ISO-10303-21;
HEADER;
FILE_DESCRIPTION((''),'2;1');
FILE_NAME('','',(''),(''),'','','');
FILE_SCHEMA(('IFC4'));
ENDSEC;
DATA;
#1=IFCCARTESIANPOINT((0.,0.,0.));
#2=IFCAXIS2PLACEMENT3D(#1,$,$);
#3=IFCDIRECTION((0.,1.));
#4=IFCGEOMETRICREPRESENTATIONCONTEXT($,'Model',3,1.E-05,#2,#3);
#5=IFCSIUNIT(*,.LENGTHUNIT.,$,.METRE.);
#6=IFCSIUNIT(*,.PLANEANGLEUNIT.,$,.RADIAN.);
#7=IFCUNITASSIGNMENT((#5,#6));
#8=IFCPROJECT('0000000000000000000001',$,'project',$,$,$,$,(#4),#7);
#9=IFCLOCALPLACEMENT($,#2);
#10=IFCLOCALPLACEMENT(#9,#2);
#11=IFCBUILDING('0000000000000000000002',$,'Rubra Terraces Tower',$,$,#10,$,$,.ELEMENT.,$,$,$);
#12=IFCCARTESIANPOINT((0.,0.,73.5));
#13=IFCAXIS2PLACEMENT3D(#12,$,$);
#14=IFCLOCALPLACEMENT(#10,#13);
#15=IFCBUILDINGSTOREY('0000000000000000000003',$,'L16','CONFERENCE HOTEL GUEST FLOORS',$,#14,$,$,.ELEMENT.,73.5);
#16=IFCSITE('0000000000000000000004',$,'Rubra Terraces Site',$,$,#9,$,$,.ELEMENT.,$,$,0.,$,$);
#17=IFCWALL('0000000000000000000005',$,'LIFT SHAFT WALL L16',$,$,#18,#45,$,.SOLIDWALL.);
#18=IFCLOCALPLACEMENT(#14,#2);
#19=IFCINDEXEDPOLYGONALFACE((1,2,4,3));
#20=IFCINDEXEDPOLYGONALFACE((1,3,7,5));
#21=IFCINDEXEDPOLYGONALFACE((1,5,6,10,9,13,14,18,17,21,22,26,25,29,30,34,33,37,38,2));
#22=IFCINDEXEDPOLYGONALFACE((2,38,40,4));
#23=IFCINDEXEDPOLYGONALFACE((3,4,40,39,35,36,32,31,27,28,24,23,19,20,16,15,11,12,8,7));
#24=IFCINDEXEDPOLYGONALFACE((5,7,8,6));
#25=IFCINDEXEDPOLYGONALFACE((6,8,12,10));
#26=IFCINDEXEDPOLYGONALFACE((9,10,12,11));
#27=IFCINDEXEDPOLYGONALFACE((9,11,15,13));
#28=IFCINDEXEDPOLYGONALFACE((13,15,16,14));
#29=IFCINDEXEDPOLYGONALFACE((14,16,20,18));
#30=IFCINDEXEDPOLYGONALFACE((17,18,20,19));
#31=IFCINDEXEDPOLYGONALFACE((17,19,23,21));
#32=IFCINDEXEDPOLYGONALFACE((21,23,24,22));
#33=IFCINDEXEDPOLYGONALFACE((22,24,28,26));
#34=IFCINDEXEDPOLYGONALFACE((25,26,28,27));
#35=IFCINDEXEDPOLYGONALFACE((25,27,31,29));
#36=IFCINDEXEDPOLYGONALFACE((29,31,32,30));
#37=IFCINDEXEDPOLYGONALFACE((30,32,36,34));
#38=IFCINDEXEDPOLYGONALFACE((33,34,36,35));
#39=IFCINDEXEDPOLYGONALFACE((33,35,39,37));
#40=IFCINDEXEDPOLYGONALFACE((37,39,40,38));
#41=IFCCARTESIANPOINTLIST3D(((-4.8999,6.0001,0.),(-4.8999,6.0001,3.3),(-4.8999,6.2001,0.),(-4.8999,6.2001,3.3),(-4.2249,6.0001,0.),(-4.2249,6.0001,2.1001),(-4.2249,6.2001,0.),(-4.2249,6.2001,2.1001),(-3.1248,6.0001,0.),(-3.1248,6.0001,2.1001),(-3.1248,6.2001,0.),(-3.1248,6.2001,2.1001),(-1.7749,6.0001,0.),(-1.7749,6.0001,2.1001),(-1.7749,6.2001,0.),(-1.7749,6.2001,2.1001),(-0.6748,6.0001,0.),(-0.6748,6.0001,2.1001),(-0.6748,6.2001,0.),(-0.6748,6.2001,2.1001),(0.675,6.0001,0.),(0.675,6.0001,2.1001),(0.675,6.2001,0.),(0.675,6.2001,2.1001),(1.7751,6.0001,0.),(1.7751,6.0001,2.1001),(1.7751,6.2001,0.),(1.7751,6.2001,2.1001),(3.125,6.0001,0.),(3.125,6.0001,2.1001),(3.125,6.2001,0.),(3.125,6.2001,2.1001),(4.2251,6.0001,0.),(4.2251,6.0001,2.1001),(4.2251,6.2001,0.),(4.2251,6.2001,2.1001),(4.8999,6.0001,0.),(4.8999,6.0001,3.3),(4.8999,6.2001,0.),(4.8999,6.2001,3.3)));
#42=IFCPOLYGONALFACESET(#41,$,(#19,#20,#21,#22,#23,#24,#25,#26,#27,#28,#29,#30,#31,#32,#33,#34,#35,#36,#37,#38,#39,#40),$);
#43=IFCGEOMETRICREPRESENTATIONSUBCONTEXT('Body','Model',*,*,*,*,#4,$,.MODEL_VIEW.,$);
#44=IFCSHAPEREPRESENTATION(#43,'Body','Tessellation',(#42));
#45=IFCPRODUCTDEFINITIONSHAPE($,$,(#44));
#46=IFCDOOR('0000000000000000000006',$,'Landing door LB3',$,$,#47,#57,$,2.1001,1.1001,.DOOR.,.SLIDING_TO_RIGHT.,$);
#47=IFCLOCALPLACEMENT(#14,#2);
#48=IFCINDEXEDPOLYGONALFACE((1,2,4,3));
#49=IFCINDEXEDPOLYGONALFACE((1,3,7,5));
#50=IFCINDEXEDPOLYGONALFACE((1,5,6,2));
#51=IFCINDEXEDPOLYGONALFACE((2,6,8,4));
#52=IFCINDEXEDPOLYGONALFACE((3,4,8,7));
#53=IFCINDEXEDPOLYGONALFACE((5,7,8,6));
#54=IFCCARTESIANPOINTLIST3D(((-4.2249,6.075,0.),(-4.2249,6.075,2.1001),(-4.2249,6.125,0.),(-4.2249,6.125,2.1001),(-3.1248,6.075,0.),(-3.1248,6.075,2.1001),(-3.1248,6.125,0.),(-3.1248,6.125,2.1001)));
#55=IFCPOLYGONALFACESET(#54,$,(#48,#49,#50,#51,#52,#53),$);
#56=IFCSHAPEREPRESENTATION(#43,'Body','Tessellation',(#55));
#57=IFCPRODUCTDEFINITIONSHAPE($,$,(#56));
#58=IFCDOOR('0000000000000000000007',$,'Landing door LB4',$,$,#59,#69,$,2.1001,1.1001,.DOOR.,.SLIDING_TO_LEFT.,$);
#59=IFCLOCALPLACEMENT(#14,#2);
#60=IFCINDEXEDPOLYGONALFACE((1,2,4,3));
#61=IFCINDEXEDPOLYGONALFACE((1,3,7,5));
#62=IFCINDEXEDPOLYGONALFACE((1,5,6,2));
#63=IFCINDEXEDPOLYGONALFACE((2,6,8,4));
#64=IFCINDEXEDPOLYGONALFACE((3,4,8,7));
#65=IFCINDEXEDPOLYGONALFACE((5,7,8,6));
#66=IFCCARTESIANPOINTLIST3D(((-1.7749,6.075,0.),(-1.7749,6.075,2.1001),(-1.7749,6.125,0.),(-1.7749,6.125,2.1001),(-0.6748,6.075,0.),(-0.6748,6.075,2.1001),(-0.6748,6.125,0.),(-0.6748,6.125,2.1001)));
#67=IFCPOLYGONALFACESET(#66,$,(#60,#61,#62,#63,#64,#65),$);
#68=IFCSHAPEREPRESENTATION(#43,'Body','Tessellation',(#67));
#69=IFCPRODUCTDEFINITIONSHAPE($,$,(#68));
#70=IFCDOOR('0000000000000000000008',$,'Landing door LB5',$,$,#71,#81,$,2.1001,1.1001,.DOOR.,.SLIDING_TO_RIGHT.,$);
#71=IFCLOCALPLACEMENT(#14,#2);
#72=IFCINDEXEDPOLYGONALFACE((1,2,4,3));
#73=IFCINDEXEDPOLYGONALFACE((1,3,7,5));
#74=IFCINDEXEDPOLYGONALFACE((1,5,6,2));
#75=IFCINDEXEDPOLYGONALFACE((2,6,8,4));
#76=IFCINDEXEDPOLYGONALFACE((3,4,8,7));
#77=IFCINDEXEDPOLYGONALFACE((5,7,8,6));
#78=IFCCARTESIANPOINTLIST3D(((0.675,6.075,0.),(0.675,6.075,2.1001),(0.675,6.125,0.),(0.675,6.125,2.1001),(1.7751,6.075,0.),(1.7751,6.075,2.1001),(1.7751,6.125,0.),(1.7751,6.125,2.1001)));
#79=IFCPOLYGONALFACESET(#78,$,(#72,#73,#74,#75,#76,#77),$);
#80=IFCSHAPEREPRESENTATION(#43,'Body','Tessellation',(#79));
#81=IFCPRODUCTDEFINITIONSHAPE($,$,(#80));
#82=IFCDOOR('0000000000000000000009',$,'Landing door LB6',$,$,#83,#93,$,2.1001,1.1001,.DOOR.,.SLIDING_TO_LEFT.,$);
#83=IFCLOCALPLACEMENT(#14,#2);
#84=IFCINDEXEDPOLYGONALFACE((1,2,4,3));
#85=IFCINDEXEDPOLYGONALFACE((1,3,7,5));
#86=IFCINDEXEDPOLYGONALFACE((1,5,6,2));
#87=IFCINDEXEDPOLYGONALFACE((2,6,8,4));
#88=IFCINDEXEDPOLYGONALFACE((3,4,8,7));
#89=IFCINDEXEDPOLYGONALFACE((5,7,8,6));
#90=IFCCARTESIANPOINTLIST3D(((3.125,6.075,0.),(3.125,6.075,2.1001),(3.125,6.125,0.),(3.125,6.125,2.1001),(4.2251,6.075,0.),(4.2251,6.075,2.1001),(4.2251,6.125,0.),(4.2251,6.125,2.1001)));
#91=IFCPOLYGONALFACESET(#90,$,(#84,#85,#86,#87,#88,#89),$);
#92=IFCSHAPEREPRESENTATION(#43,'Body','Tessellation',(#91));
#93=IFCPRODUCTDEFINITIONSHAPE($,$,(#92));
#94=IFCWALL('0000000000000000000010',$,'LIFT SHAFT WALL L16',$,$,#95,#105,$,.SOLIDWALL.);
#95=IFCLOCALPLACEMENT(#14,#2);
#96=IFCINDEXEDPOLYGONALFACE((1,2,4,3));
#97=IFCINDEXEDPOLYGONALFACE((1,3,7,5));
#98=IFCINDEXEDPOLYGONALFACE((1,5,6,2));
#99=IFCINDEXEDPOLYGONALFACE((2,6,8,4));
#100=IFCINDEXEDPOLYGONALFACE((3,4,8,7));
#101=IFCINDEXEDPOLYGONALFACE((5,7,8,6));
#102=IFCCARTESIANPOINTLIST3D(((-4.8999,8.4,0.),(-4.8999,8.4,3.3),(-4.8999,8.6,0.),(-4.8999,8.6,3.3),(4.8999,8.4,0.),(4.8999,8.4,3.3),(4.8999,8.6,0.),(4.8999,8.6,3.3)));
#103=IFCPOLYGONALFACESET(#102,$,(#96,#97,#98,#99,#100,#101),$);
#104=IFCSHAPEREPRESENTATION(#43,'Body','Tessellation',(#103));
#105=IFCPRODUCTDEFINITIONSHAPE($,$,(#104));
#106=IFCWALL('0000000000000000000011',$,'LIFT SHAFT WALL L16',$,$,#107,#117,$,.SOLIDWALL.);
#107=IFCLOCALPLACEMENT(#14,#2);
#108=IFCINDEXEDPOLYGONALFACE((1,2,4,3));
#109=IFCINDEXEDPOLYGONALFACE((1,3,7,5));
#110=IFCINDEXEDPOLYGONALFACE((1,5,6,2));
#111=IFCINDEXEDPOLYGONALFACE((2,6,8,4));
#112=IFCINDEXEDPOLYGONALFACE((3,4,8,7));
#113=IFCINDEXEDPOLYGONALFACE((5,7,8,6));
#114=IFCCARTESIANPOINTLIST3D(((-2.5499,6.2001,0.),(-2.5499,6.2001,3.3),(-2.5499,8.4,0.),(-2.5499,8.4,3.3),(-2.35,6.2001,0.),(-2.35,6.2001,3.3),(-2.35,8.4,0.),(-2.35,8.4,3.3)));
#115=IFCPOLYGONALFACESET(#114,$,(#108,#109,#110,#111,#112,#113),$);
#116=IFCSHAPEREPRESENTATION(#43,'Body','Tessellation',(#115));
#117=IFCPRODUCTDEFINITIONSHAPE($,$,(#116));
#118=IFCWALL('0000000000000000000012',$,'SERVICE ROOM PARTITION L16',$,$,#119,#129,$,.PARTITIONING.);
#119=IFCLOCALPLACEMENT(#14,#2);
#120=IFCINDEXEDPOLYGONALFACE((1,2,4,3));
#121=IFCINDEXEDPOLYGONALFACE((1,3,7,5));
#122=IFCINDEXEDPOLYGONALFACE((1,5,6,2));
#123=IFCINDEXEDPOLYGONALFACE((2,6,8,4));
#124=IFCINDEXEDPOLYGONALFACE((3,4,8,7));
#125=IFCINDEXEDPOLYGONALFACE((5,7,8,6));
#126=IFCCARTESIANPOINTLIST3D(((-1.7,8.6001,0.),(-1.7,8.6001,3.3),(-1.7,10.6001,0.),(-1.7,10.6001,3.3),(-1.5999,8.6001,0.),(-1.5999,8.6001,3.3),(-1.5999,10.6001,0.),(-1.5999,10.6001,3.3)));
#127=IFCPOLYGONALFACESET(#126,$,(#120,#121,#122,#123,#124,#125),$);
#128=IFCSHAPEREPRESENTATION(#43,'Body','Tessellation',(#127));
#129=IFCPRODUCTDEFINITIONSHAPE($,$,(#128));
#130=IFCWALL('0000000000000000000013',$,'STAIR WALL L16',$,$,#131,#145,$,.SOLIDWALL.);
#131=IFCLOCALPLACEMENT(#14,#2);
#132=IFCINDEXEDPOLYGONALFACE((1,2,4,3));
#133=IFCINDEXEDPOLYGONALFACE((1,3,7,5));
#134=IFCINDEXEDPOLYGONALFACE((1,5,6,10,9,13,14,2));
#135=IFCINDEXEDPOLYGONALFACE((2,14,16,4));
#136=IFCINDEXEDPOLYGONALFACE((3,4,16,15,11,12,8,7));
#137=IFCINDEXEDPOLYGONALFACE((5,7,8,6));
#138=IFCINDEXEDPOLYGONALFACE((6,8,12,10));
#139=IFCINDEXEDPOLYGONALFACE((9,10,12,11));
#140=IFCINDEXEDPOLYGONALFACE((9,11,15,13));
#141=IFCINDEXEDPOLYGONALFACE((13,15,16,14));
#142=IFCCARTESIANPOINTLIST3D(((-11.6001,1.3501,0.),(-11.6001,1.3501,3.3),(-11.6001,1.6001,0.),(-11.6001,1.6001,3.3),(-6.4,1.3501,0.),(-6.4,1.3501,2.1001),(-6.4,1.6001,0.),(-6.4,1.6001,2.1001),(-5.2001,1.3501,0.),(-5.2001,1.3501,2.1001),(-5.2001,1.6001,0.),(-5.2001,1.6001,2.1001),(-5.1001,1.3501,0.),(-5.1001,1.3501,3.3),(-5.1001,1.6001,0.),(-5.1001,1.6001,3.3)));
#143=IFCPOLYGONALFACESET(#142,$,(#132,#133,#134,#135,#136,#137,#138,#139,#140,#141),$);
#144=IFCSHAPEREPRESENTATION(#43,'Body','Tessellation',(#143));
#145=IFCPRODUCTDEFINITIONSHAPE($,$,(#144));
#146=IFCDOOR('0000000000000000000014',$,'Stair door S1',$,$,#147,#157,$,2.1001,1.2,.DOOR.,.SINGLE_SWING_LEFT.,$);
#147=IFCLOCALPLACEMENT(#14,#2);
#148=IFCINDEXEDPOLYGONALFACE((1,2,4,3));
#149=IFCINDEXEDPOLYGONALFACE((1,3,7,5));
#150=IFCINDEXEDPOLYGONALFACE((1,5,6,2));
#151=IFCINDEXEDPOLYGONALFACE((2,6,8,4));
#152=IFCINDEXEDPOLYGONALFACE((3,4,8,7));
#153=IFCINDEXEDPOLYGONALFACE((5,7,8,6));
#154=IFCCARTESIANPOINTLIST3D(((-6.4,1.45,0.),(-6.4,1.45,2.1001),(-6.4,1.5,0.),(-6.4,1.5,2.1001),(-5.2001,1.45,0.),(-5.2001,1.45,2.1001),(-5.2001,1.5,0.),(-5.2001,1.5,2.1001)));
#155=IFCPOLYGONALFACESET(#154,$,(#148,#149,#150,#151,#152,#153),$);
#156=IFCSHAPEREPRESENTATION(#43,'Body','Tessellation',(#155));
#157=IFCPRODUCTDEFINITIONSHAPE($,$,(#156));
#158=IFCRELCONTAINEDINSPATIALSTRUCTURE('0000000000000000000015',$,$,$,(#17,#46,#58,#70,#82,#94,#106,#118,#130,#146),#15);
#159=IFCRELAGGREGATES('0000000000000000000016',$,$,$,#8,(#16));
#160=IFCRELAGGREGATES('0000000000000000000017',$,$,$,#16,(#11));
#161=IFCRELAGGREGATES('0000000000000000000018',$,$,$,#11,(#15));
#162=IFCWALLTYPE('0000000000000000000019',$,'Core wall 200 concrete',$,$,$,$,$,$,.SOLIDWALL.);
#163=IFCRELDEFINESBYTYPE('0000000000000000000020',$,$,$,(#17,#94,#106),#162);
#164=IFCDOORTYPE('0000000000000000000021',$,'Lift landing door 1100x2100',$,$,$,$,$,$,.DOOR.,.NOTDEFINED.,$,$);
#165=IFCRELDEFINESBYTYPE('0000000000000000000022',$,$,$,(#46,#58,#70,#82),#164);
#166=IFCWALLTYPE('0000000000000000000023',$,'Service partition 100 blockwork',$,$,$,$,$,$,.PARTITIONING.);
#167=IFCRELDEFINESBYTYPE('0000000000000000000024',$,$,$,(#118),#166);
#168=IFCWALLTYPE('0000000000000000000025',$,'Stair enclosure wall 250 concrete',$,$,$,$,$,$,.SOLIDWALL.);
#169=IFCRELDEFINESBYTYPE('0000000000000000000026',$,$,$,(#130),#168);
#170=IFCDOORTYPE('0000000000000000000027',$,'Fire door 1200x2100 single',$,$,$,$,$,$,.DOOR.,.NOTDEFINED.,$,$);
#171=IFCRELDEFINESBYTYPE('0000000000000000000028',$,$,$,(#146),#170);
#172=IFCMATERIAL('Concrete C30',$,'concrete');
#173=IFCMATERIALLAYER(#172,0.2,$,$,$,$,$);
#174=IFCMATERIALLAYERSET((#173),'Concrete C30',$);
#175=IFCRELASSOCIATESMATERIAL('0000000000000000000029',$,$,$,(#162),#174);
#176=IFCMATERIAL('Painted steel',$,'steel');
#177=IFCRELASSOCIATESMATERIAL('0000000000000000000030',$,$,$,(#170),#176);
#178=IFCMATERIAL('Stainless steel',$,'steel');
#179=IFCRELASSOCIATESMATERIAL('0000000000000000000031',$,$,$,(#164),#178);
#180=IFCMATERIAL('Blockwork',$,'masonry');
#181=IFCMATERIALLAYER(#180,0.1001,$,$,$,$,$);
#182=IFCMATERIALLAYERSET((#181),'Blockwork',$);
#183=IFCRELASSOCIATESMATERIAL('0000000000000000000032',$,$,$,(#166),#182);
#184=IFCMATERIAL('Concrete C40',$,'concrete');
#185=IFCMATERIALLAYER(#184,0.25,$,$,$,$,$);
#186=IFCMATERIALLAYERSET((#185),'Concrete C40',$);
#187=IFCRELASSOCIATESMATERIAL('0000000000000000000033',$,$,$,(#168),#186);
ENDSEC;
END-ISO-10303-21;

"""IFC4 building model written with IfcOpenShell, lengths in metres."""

from ifc_helpers import new_model, si_unit, direction, frame, frame_2d, origin, place, context, subcontext, project, spatial, rectangle, extrude, material, layer, layer_set, type_object, element, fill, save


model = new_model("IFC4")

# Units and contexts
model_context = context("Model", 3, precision=1e-05, world=origin(), true_north=direction((0.0, 1.0)))
body_context = subcontext(model_context, "Body", "Model", "MODEL_VIEW")
ifc_project = project(units=[si_unit("LENGTHUNIT", "METRE"), si_unit("PLANEANGLEUNIT", "RADIAN")], contexts=[model_context])

# Site, building, storey
site_placement = place(None, origin())
site = spatial("IfcSite", under=ifc_project, at=site_placement, Name="Rubra Terraces Site", CompositionType="ELEMENT", RefElevation=0.0)
building_placement = place(site_placement, origin())
building = spatial("IfcBuilding", under=site, at=building_placement, Name="Rubra Terraces Tower", CompositionType="ELEMENT")
storey_placement = place(building_placement, frame((0.0, 0.0, 73.5)))
storey = spatial("IfcBuildingStorey", under=building, at=storey_placement, Name="L16", Description="CONFERENCE HOTEL GUEST FLOORS", CompositionType="ELEMENT", Elevation=73.5)

# Shared definitions
ifc_material_1 = material(Name="Concrete C30", Category="concrete")
ifc_layer_1 = layer(ifc_material_1, 0.2)
ifc_layer_set_1 = layer_set([ifc_layer_1], Name="Concrete C30")
wall_type_1 = type_object("IfcWallType", Name="Core wall 200 concrete", PredefinedType="SOLIDWALL", material=ifc_layer_set_1)
ifc_material_2 = material(Name="Painted steel", Category="steel")
door_type_1 = type_object("IfcDoorType", Name="Fire door 1200x2100 single", OperationType="NOTDEFINED", PredefinedType="DOOR", material=ifc_material_2)
ifc_material_3 = material(Name="Stainless steel", Category="steel")

# Wall, openings, doors
door_type_2 = type_object("IfcDoorType", Name="Lift landing door 1100x2100", OperationType="NOTDEFINED", PredefinedType="DOOR", material=ifc_material_3)
wall_1_placement = place(storey_placement, frame((-4.8999, 6.1001, 0.0), z_axis=(0.0, 0.0, 1.0), x_axis=(1.0, 0.0, 0.0)))
wall_1 = element("IfcWall", 1, at=wall_1_placement, inside=storey, type_object=wall_type_1, Name="LIFT SHAFT WALL L16", PredefinedType="SOLIDWALL", context=body_context, shape_type="SweptSolid", body=[
    extrude(rectangle(XDim=9.7998, YDim=0.2, at=frame_2d((4.8999, 0.0))), origin(), (0.0, 0.0, 1.0), 3.3),
])
opening_1_placement = place(wall_1_placement, frame((0.675, 0.0, 0.0)))
opening_1 = element("IfcOpeningElement", 2, at=opening_1_placement, cuts=wall_1, PredefinedType="OPENING", context=body_context, shape_type="SweptSolid", body=[
    extrude(rectangle(XDim=1.1001, YDim=2.1001, at=frame_2d((0.55, 1.05))), frame((0.0, 0.1099, 0.0), z_axis=(0.0, -1.0, 0.0), x_axis=(1.0, 0.0, 0.0)), (0.0, 0.0, 1.0), 0.22),
])
opening_2_placement = place(wall_1_placement, frame((3.125, 0.0, 0.0)))
opening_2 = element("IfcOpeningElement", 3, at=opening_2_placement, cuts=wall_1, PredefinedType="OPENING", context=body_context, shape_type="SweptSolid", body=[
    extrude(rectangle(XDim=1.1001, YDim=2.1001, at=frame_2d((0.55, 1.05))), frame((0.0, 0.1099, 0.0), z_axis=(0.0, -1.0, 0.0), x_axis=(1.0, 0.0, 0.0)), (0.0, 0.0, 1.0), 0.22),
])
opening_3_placement = place(wall_1_placement, frame((5.575, 0.0, 0.0)))
opening_3 = element("IfcOpeningElement", 4, at=opening_3_placement, cuts=wall_1, PredefinedType="OPENING", context=body_context, shape_type="SweptSolid", body=[
    extrude(rectangle(XDim=1.1001, YDim=2.1001, at=frame_2d((0.55, 1.05))), frame((0.0, 0.1099, 0.0), z_axis=(0.0, -1.0, 0.0), x_axis=(1.0, 0.0, 0.0)), (0.0, 0.0, 1.0), 0.22),
])
opening_4_placement = place(wall_1_placement, frame((8.0249, 0.0, 0.0)))
opening_4 = element("IfcOpeningElement", 5, at=opening_4_placement, cuts=wall_1, PredefinedType="OPENING", context=body_context, shape_type="SweptSolid", body=[
    extrude(rectangle(XDim=1.1001, YDim=2.1001, at=frame_2d((0.55, 1.05))), frame((0.0, 0.1099, 0.0), z_axis=(0.0, -1.0, 0.0), x_axis=(1.0, 0.0, 0.0)), (0.0, 0.0, 1.0), 0.22),
])
door_1_placement = place(opening_1_placement, origin())
door_1 = element("IfcDoor", 6, at=door_1_placement, inside=storey, type_object=door_type_2, Name="Landing door LB3", OperationType="SLIDING_TO_RIGHT", OverallHeight=2.1001, OverallWidth=1.1001, PredefinedType="DOOR", context=body_context, shape_type="SweptSolid", body=[
    extrude(rectangle(XDim=1.1001, YDim=2.1001, at=frame_2d((0.55, 1.05))), frame((0.0, 0.0249, 0.0), z_axis=(0.0, -1.0, 0.0), x_axis=(1.0, 0.0, 0.0)), (0.0, 0.0, 1.0), 0.05),
])
fill(opening_1, door_1)
door_2_placement = place(opening_2_placement, origin())
door_2 = element("IfcDoor", 7, at=door_2_placement, inside=storey, type_object=door_type_2, Name="Landing door LB4", OperationType="SLIDING_TO_LEFT", OverallHeight=2.1001, OverallWidth=1.1001, PredefinedType="DOOR", context=body_context, shape_type="SweptSolid", body=[
    extrude(rectangle(XDim=1.1001, YDim=2.1001, at=frame_2d((0.55, 1.05))), frame((0.0, 0.0249, 0.0), z_axis=(0.0, -1.0, 0.0), x_axis=(1.0, 0.0, 0.0)), (0.0, 0.0, 1.0), 0.05),
])
fill(opening_2, door_2)
door_3_placement = place(opening_3_placement, origin())
door_3 = element("IfcDoor", 8, at=door_3_placement, inside=storey, type_object=door_type_2, Name="Landing door LB5", OperationType="SLIDING_TO_RIGHT", OverallHeight=2.1001, OverallWidth=1.1001, PredefinedType="DOOR", context=body_context, shape_type="SweptSolid", body=[
    extrude(rectangle(XDim=1.1001, YDim=2.1001, at=frame_2d((0.55, 1.05))), frame((0.0, 0.0249, 0.0), z_axis=(0.0, -1.0, 0.0), x_axis=(1.0, 0.0, 0.0)), (0.0, 0.0, 1.0), 0.05),
])
fill(opening_3, door_3)
door_4_placement = place(opening_4_placement, origin())
door_4 = element("IfcDoor", 9, at=door_4_placement, inside=storey, type_object=door_type_2, Name="Landing door LB6", OperationType="SLIDING_TO_LEFT", OverallHeight=2.1001, OverallWidth=1.1001, PredefinedType="DOOR", context=body_context, shape_type="SweptSolid", body=[
    extrude(rectangle(XDim=1.1001, YDim=2.1001, at=frame_2d((0.55, 1.05))), frame((0.0, 0.0249, 0.0), z_axis=(0.0, -1.0, 0.0), x_axis=(1.0, 0.0, 0.0)), (0.0, 0.0, 1.0), 0.05),
])
fill(opening_4, door_4)

# Walls
wall_2_placement = place(storey_placement, frame((-4.8999, 8.5, 0.0), z_axis=(0.0, 0.0, 1.0), x_axis=(1.0, 0.0, 0.0)))
element("IfcWall", 10, at=wall_2_placement, inside=storey, type_object=wall_type_1, Name="LIFT SHAFT WALL L16", PredefinedType="SOLIDWALL", context=body_context, shape_type="SweptSolid", body=[
    extrude(rectangle(XDim=9.7998, YDim=0.2, at=frame_2d((4.8999, 0.0))), origin(), (0.0, 0.0, 1.0), 3.3),
])
wall_3_placement = place(storey_placement, frame((-2.45, 6.2, 0.0), z_axis=(0.0, 0.0, 1.0), x_axis=(0.0, 1.0, 0.0)))
element("IfcWall", 11, at=wall_3_placement, inside=storey, type_object=wall_type_1, Name="LIFT SHAFT WALL L16", PredefinedType="SOLIDWALL", context=body_context, shape_type="SweptSolid", body=[
    extrude(rectangle(XDim=2.2, YDim=0.2, at=frame_2d((1.1001, 0.0))), origin(), (0.0, 0.0, 1.0), 3.3),
])
ifc_material_4 = material(Name="Blockwork", Category="masonry")
ifc_layer_2 = layer(ifc_material_4, 0.1001)
ifc_layer_set_2 = layer_set([ifc_layer_2], Name="Blockwork")
wall_type_2 = type_object("IfcWallType", Name="Service partition 100 blockwork", PredefinedType="PARTITIONING", material=ifc_layer_set_2)
wall_4_placement = place(storey_placement, frame((-1.6499, 8.6001, 0.0), z_axis=(0.0, 0.0, 1.0), x_axis=(0.0, 1.0, 0.0)))
element("IfcWall", 12, at=wall_4_placement, inside=storey, type_object=wall_type_2, Name="SERVICE ROOM PARTITION L16", PredefinedType="PARTITIONING", context=body_context, shape_type="SweptSolid", body=[
    extrude(rectangle(XDim=2.0, YDim=0.1001, at=frame_2d((1.0, 0.0))), origin(), (0.0, 0.0, 1.0), 3.3),
])

# Wall, opening, door
ifc_material_5 = material(Name="Concrete C40", Category="concrete")
ifc_layer_3 = layer(ifc_material_5, 0.25)
ifc_layer_set_3 = layer_set([ifc_layer_3], Name="Concrete C40")
wall_type_3 = type_object("IfcWallType", Name="Stair enclosure wall 250 concrete", PredefinedType="SOLIDWALL", material=ifc_layer_set_3)
wall_5_placement = place(storey_placement, frame((-11.6001, 1.4751, 0.0), z_axis=(0.0, 0.0, 1.0), x_axis=(1.0, 0.0, 0.0)))
wall_5 = element("IfcWall", 13, at=wall_5_placement, inside=storey, type_object=wall_type_3, Name="STAIR WALL L16", PredefinedType="SOLIDWALL", context=body_context, shape_type="SweptSolid", body=[
    extrude(rectangle(XDim=6.5, YDim=0.25, at=frame_2d((3.25, 0.0))), origin(), (0.0, 0.0, 1.0), 3.3),
])
opening_5_placement = place(wall_5_placement, frame((5.2, 0.0, 0.0)))
opening_5 = element("IfcOpeningElement", 14, at=opening_5_placement, cuts=wall_5, PredefinedType="OPENING", context=body_context, shape_type="SweptSolid", body=[
    extrude(rectangle(XDim=1.2, YDim=2.1001, at=frame_2d((0.6001, 1.05))), frame((0.0, 0.135, 0.0), z_axis=(0.0, -1.0, 0.0), x_axis=(1.0, 0.0, 0.0)), (0.0, 0.0, 1.0), 0.27),
])
door_5_placement = place(opening_5_placement, origin())
door_5 = element("IfcDoor", 15, at=door_5_placement, inside=storey, type_object=door_type_1, Name="Stair door S1", OperationType="SINGLE_SWING_LEFT", OverallHeight=2.1001, OverallWidth=1.2, PredefinedType="DOOR", context=body_context, shape_type="SweptSolid", body=[
    extrude(rectangle(XDim=1.2, YDim=2.1001, at=frame_2d((0.6001, 1.05))), frame((0.0, 0.0249, 0.0), z_axis=(0.0, -1.0, 0.0), x_axis=(1.0, 0.0, 0.0)), (0.0, 0.0, 1.0), 0.05),
])
fill(opening_5, door_5)

save(model, "model.ifc")
